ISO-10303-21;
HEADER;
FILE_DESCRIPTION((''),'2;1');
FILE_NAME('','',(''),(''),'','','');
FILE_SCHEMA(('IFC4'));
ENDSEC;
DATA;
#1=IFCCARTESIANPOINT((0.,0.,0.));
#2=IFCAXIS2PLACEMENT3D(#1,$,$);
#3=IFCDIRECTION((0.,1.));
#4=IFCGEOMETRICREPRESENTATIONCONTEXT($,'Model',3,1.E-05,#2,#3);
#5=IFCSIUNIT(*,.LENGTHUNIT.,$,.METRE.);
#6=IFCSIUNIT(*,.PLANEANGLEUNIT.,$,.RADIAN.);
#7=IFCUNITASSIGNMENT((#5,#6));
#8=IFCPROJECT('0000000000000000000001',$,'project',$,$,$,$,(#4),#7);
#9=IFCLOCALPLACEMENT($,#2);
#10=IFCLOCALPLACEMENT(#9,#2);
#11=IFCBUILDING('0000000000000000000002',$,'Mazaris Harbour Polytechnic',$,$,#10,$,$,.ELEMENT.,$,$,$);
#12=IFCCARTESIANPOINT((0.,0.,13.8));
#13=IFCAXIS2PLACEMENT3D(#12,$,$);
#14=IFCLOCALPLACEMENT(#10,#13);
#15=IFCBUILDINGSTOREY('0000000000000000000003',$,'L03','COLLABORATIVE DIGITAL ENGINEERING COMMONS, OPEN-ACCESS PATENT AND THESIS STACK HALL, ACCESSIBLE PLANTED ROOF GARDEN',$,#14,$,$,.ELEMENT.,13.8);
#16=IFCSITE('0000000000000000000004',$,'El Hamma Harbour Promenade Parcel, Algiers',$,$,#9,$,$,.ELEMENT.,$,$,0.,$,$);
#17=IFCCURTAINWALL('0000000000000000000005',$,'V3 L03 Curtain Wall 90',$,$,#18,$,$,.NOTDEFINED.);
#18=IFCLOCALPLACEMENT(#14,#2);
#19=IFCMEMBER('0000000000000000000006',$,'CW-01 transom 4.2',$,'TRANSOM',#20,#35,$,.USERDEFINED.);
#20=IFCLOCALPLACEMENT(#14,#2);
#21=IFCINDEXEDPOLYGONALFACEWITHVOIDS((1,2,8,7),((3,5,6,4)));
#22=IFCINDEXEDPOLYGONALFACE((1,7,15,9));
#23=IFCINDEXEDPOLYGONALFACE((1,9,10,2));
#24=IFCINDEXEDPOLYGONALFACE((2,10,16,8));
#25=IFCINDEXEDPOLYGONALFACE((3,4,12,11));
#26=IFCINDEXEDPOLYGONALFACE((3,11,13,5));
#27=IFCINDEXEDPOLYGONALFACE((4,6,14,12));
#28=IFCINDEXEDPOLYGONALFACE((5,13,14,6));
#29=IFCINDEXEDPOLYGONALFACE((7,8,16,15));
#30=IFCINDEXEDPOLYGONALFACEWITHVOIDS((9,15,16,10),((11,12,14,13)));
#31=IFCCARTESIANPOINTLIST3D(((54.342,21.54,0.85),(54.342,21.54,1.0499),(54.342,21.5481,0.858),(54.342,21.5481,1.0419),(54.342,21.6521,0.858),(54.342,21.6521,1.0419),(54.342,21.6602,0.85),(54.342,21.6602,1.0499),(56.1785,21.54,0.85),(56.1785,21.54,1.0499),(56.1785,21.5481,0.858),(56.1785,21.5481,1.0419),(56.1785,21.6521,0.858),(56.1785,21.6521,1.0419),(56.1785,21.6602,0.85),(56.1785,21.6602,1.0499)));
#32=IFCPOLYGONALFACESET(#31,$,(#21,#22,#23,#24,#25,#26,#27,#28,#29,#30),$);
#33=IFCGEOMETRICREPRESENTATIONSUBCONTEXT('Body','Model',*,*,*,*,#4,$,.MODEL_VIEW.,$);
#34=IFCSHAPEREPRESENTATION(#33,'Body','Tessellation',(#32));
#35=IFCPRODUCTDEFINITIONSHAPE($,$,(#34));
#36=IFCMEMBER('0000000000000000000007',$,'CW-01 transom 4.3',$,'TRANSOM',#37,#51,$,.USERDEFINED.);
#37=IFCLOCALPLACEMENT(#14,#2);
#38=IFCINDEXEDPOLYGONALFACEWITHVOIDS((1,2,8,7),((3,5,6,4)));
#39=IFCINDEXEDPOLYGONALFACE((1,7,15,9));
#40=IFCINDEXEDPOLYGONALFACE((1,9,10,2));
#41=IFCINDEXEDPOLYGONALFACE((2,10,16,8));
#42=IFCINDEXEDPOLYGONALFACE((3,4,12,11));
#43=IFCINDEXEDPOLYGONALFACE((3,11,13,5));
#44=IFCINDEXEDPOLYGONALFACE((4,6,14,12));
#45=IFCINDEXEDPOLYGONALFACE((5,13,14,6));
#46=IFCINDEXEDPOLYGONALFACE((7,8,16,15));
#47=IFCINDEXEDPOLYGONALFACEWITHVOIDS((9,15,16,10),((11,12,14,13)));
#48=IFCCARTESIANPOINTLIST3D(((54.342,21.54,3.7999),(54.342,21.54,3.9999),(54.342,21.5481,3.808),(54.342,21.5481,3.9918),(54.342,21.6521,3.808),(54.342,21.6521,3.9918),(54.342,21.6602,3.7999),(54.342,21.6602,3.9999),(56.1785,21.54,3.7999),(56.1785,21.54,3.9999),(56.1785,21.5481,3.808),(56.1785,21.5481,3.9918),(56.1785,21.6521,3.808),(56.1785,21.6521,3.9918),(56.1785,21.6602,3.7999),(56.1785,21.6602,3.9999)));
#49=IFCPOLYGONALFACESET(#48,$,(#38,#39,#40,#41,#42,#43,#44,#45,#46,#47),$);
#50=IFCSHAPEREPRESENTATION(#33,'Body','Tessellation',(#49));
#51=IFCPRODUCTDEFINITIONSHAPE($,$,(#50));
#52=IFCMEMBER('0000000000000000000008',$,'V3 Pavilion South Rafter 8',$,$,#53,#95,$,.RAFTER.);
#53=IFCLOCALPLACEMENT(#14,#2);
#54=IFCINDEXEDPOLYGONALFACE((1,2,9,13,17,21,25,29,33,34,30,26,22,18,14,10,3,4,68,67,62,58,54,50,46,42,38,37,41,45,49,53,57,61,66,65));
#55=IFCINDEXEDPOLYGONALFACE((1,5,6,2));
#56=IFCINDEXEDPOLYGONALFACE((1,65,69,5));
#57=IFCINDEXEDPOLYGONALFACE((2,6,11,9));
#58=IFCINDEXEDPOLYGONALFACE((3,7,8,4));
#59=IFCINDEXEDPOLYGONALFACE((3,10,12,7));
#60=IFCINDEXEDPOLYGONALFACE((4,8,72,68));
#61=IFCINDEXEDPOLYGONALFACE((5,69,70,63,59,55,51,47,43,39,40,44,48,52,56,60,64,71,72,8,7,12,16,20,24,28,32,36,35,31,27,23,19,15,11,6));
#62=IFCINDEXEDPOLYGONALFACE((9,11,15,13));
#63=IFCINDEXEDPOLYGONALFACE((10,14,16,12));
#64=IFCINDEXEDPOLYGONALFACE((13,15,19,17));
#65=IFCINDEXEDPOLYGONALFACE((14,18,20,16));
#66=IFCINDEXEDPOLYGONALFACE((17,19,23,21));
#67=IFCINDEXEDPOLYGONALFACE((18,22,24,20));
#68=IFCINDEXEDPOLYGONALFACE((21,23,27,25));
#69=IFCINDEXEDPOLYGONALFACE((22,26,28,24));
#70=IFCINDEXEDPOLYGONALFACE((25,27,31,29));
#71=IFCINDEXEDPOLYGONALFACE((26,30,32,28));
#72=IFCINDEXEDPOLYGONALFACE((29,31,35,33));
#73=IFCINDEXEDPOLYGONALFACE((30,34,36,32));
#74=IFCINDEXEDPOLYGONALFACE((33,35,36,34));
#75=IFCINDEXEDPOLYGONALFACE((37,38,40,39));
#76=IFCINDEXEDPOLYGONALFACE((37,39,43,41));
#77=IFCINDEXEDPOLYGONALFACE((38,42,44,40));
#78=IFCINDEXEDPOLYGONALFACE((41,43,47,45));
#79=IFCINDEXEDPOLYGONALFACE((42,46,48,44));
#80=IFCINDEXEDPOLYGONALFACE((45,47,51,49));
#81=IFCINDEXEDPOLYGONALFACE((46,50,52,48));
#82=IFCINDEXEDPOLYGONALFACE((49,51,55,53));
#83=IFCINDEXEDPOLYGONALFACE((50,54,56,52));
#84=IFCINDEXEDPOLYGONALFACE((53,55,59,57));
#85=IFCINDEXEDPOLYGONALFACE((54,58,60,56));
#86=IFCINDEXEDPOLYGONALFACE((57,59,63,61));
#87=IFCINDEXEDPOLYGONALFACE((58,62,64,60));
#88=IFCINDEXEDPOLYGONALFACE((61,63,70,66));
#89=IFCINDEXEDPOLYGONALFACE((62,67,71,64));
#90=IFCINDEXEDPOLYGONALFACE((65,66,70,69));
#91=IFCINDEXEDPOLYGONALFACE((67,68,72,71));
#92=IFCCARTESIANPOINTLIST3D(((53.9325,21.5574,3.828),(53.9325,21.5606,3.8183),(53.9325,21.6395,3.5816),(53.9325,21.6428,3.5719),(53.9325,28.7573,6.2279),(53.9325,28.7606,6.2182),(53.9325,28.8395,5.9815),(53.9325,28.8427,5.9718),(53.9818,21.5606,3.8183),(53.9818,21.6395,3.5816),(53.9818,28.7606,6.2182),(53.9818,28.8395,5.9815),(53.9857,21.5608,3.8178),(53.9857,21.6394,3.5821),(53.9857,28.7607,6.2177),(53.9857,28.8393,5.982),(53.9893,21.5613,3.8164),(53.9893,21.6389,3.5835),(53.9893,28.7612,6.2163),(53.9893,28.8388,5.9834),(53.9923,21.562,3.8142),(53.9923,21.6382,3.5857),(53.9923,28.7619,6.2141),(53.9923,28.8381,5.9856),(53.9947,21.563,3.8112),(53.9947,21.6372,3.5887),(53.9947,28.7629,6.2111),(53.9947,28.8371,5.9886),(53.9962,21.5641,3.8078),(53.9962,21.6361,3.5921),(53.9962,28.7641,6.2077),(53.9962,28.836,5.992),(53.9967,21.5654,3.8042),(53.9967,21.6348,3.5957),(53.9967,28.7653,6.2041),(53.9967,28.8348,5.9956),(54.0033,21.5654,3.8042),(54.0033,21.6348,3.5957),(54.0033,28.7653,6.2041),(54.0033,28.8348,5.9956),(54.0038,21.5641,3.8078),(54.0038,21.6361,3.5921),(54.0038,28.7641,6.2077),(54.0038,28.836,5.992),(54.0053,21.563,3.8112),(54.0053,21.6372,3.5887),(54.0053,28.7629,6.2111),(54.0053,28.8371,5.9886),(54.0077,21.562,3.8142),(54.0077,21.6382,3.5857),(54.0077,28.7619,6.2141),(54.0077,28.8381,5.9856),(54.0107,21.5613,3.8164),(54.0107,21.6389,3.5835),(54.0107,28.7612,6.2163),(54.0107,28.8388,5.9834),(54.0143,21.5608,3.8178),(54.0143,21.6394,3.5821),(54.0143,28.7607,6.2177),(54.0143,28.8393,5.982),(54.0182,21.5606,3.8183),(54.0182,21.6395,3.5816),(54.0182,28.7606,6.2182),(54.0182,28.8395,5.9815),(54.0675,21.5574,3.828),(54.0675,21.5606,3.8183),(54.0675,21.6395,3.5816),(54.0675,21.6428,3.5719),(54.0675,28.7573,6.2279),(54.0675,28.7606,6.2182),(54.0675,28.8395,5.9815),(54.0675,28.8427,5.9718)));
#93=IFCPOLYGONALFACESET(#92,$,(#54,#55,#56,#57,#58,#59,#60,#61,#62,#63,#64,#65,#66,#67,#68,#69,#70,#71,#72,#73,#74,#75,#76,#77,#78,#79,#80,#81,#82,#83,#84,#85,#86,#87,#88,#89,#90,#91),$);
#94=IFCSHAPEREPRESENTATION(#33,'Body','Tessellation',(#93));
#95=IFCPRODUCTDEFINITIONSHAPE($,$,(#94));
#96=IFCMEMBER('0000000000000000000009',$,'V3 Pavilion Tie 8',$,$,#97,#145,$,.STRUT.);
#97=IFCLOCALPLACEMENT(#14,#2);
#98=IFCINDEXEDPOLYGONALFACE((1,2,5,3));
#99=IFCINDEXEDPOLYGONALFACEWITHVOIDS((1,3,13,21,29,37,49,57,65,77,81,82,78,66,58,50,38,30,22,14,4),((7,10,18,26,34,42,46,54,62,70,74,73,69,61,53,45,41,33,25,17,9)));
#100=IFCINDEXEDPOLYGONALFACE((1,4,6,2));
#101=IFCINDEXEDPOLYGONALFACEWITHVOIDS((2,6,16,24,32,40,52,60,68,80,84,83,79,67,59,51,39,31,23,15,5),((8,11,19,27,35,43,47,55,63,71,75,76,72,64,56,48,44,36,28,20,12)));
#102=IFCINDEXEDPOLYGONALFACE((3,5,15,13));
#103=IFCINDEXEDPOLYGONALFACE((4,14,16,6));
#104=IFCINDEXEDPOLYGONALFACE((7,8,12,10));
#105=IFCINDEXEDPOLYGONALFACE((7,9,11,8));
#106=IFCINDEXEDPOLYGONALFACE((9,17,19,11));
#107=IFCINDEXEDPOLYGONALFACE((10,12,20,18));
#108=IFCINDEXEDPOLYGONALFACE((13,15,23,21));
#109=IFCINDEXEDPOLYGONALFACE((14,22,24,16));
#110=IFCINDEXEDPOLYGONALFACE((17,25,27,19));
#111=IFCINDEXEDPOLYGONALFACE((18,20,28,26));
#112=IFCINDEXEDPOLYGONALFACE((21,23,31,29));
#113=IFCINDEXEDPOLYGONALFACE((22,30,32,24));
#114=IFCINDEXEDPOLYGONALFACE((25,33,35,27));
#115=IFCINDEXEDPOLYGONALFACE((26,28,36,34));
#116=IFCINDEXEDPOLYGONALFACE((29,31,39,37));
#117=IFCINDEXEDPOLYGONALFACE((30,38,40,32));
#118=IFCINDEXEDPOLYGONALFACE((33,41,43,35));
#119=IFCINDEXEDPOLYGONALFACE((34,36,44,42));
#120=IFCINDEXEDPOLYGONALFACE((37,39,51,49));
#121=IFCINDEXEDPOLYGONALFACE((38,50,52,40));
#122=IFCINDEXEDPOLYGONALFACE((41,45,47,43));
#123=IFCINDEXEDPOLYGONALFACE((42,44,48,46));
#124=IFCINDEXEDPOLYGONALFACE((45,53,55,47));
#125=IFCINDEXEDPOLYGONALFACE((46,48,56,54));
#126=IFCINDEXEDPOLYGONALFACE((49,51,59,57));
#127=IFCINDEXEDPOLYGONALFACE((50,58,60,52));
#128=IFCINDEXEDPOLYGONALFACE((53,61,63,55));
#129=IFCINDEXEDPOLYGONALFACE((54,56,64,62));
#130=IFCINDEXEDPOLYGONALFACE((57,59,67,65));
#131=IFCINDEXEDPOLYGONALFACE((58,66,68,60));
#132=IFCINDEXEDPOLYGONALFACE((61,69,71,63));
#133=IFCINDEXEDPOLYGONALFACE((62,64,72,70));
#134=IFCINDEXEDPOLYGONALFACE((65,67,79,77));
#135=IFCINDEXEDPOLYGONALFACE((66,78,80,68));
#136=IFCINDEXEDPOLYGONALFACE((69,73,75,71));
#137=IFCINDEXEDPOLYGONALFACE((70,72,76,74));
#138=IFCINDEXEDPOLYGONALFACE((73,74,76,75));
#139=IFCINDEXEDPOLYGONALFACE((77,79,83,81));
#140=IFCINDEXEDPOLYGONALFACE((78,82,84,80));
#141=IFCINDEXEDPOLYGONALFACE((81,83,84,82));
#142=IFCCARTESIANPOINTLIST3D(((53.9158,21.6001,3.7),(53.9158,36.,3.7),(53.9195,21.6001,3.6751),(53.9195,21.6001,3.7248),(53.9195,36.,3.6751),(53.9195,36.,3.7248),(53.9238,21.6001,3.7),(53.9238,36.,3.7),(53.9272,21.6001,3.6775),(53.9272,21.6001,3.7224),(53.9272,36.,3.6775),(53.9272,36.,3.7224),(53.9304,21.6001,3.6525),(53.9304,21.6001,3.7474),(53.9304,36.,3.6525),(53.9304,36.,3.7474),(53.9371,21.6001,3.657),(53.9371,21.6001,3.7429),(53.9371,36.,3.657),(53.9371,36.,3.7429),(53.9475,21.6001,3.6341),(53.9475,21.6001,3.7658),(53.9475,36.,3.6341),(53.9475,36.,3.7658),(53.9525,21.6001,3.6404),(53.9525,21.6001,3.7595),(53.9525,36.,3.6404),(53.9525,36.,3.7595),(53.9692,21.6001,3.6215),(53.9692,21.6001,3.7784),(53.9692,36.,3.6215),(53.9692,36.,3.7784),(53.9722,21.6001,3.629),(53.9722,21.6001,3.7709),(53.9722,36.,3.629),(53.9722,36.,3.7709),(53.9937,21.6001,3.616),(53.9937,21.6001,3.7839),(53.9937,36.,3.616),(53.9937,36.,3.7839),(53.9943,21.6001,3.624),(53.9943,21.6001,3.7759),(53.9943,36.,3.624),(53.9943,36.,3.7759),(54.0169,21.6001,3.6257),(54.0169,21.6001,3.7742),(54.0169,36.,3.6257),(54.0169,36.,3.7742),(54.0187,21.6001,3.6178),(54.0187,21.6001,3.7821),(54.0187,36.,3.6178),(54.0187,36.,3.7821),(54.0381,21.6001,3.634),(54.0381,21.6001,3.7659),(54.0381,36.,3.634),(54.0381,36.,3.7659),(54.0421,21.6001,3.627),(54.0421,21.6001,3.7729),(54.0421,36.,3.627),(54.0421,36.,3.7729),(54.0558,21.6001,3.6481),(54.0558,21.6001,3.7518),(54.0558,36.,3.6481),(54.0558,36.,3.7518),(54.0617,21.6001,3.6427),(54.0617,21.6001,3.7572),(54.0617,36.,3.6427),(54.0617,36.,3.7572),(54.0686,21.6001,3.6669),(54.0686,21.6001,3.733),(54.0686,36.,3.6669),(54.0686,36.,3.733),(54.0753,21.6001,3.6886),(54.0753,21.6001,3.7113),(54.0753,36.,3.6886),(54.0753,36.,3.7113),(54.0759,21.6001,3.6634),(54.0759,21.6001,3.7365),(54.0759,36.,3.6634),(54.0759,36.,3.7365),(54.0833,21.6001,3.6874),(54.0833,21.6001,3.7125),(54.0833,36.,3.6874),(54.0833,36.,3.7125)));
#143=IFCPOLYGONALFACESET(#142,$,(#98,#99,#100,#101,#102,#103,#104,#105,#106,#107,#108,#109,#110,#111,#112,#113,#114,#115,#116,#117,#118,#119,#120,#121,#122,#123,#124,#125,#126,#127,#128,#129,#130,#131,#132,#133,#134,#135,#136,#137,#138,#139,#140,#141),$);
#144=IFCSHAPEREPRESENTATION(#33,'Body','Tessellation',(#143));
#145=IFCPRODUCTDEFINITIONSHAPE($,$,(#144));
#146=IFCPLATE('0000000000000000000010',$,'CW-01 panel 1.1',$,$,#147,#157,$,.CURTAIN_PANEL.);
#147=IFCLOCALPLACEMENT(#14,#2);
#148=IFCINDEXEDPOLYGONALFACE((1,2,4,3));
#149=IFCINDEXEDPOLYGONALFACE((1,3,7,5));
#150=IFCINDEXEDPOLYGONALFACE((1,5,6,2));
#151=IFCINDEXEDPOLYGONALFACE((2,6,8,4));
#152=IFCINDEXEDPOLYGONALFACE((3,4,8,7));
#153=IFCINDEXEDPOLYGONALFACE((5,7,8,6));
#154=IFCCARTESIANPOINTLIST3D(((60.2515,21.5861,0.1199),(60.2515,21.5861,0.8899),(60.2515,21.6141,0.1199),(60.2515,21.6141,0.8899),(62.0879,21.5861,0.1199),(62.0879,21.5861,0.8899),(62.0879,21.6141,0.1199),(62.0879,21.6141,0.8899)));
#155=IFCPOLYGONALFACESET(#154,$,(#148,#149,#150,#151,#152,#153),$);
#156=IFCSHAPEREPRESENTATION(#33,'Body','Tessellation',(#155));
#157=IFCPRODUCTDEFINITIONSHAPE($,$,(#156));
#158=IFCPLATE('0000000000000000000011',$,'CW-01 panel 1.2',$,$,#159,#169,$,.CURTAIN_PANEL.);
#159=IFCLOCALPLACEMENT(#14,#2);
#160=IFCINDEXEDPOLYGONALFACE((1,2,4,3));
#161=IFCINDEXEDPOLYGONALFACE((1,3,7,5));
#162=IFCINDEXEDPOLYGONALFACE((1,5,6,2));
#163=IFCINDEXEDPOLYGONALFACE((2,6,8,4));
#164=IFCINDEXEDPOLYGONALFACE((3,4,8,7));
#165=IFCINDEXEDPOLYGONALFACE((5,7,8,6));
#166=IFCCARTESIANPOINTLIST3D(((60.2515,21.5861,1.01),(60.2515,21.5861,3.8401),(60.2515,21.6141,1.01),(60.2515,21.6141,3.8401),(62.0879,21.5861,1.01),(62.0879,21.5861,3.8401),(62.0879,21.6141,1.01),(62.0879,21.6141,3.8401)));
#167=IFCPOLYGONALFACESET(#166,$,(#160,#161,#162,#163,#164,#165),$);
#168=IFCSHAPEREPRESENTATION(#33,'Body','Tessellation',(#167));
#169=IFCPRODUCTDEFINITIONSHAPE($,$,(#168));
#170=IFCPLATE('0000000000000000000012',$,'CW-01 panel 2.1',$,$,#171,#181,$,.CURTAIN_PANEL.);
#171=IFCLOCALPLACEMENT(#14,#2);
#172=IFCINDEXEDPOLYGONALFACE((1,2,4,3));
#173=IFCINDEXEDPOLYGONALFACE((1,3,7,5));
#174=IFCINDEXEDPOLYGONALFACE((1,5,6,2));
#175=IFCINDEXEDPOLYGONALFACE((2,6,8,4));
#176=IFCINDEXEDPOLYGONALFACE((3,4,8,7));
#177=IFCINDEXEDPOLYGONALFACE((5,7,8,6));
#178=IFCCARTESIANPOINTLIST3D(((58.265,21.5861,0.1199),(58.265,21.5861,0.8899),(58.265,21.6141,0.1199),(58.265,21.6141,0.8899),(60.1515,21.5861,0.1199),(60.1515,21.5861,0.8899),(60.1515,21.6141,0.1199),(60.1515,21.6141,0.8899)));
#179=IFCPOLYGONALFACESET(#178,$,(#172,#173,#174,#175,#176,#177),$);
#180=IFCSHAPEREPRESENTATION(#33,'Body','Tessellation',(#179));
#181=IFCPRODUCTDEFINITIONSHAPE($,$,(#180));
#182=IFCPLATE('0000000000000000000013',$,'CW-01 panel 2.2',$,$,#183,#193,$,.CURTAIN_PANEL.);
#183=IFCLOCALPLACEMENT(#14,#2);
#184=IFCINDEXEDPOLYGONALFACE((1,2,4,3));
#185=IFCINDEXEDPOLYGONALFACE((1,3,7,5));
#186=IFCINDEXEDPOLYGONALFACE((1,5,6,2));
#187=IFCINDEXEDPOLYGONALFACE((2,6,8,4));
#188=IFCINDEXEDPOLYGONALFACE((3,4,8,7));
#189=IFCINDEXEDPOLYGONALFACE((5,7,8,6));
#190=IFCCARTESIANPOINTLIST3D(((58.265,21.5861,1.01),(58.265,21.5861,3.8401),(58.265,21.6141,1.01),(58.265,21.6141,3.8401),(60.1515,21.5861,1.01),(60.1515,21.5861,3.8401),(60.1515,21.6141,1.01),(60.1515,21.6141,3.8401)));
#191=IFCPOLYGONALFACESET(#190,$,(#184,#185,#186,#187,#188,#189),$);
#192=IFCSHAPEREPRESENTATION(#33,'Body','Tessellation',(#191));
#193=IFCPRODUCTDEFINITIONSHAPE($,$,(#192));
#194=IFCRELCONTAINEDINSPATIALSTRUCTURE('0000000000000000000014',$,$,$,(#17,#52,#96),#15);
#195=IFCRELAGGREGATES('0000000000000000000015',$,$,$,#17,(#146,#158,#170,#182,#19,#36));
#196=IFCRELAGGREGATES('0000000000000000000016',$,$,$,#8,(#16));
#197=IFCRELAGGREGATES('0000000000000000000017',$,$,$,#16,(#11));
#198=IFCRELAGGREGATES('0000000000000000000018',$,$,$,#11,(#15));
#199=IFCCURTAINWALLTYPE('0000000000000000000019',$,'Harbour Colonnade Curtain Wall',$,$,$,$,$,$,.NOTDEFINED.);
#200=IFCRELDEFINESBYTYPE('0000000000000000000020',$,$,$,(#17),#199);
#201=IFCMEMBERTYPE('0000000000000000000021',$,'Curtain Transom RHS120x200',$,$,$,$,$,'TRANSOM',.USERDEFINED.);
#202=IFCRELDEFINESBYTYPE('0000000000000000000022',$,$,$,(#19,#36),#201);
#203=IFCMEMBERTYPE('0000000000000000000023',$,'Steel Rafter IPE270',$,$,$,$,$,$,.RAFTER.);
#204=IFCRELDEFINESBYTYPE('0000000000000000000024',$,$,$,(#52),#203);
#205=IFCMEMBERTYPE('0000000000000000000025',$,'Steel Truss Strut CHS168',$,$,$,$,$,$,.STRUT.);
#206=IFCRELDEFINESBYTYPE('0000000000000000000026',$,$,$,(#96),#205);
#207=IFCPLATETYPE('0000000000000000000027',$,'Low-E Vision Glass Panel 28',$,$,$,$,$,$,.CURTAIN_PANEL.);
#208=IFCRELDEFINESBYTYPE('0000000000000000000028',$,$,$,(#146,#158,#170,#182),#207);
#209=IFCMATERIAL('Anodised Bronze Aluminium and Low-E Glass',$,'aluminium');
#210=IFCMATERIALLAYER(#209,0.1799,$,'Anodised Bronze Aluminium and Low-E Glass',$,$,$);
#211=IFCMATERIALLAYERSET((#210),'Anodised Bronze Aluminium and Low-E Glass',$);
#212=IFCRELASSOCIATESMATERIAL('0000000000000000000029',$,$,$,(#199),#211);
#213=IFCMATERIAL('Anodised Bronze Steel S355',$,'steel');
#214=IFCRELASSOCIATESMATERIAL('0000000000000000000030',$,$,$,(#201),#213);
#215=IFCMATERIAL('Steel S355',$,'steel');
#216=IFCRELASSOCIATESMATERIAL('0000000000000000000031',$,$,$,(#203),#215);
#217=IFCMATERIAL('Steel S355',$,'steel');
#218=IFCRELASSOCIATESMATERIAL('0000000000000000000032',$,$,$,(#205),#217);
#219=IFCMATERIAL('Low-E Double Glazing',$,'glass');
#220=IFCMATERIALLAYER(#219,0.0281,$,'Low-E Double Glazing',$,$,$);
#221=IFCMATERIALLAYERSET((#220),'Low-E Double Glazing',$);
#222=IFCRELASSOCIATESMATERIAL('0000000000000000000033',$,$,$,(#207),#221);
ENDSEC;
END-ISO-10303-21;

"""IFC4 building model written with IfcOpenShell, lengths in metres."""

from ifc_helpers import new_model, si_unit, direction, frame, origin, origin_2d, place, context, subcontext, project, spatial, rectangle, hollow_rectangle, hollow_circle, i_section, extrude, material, layer, layer_set, material_profile, profile_set, type_object, element, aggregate, save


model = new_model("IFC4")

# Units and contexts
model_context = context("Model", 3, precision=1e-05, world=origin(), true_north=direction((0.0, 1.0)))
body_context = subcontext(model_context, "Body", "Model", "MODEL_VIEW")
ifc_project = project(units=[si_unit("LENGTHUNIT", "METRE"), si_unit("PLANEANGLEUNIT", "RADIAN")], contexts=[model_context])

# Site, building, storey
site_placement = place(None, origin())
site = spatial("IfcSite", under=ifc_project, at=site_placement, Name="El Hamma Harbour Promenade Parcel, Algiers", CompositionType="ELEMENT", RefElevation=0.0)
building_placement = place(site_placement, origin())
building = spatial("IfcBuilding", under=site, at=building_placement, Name="Mazaris Harbour Polytechnic", CompositionType="ELEMENT")
storey_placement = place(building_placement, frame((0.0, 0.0, 13.8)))
storey = spatial("IfcBuildingStorey", under=building, at=storey_placement, Name="L03", Description="COLLABORATIVE DIGITAL ENGINEERING COMMONS, OPEN-ACCESS PATENT AND THESIS STACK HALL, ACCESSIBLE PLANTED ROOF GARDEN", CompositionType="ELEMENT", Elevation=13.8)

# Curtain wall, members
ifc_material_1 = material(Name="Anodised Bronze Aluminium and Low-E Glass", Category="aluminium")
ifc_layer_1 = layer(ifc_material_1, 0.1799, Name="Anodised Bronze Aluminium and Low-E Glass")
ifc_layer_set_1 = layer_set([ifc_layer_1], Name="Anodised Bronze Aluminium and Low-E Glass")
curtain_wall_type = type_object("IfcCurtainWallType", Name="Harbour Colonnade Curtain Wall", PredefinedType="NOTDEFINED", material=ifc_layer_set_1)
curtain_wall_placement = place(storey_placement, origin())
curtain_wall = element("IfcCurtainWall", 1, at=curtain_wall_placement, inside=storey, type_object=curtain_wall_type, Name="V3 L03 Curtain Wall 90", PredefinedType="NOTDEFINED")
ifc_material_2 = material(Name="Anodised Bronze Steel S355", Category="steel")
ifc_material_profile_1 = material_profile(ifc_material_2, hollow_rectangle(XDim=0.1201, YDim=0.2, WallThickness=0.0081, at=origin_2d()), Name="RHS 120x200x8.0")
ifc_profile_set_1 = profile_set([ifc_material_profile_1], Name="Anodised Bronze Steel S355")
member_type_1 = type_object("IfcMemberType", Name="Curtain Transom RHS120x200", ElementType="TRANSOM", PredefinedType="USERDEFINED", material=ifc_profile_set_1)
member_1_placement = place(storey_placement, frame((56.1785, 21.6001, 0.95), z_axis=(-1.0, 0.0, 0.0), x_axis=(0.0, -1.0, 0.0)))
member_1 = element("IfcMember", 2, at=member_1_placement, type_object=member_type_1, Name="CW-01 transom 4.2", ObjectType="TRANSOM", PredefinedType="USERDEFINED", context=body_context, shape_type="SweptSolid", body=[
    extrude(hollow_rectangle(XDim=0.1201, YDim=0.2, WallThickness=0.0081, at=origin_2d()), origin(), (0.0, 0.0, 1.0), 1.8364),
])
member_2_placement = place(storey_placement, frame((56.1785, 21.6001, 3.8999), z_axis=(-1.0, 0.0, 0.0), x_axis=(0.0, -1.0, 0.0)))
member_2 = element("IfcMember", 3, at=member_2_placement, type_object=member_type_1, Name="CW-01 transom 4.3", ObjectType="TRANSOM", PredefinedType="USERDEFINED", context=body_context, shape_type="SweptSolid", body=[
    extrude(hollow_rectangle(XDim=0.1201, YDim=0.2, WallThickness=0.0081, at=origin_2d()), origin(), (0.0, 0.0, 1.0), 1.8364),
])

# Members
ifc_material_3 = material(Name="Steel S355", Category="steel")
ifc_material_profile_2 = material_profile(ifc_material_3, i_section(OverallWidth=0.135, OverallDepth=0.27, WebThickness=0.0066, FlangeThickness=0.0103, FilletRadius=0.0149, at=origin_2d()), Name="IPE 270")
ifc_profile_set_2 = profile_set([ifc_material_profile_2], Name="Steel S355")
member_type_2 = type_object("IfcMemberType", Name="Steel Rafter IPE270", PredefinedType="RAFTER", material=ifc_profile_set_2)
member_3_placement = place(storey_placement, frame((54.0, 21.6001, 3.7), z_axis=(0.0, 0.948687, 0.316218), x_axis=(-1.0, 0.0, 0.0)))
element("IfcMember", 4, at=member_3_placement, inside=storey, type_object=member_type_2, Name="V3 Pavilion South Rafter 8", PredefinedType="RAFTER", context=body_context, shape_type="SweptSolid", body=[
    extrude(i_section(OverallWidth=0.135, OverallDepth=0.27, WebThickness=0.0066, FlangeThickness=0.0103, FilletRadius=0.0149, at=origin_2d()), origin(), (0.0, 0.0, 1.0), 7.5894),
])
ifc_material_4 = material(Name="Steel S355", Category="steel")
ifc_material_profile_3 = material_profile(ifc_material_4, hollow_circle(Radius=0.0842, WallThickness=0.0081, at=origin_2d()), Name="CHS 168.3x8.0")
ifc_profile_set_3 = profile_set([ifc_material_profile_3], Name="Steel S355")
member_type_3 = type_object("IfcMemberType", Name="Steel Truss Strut CHS168", PredefinedType="STRUT", material=ifc_profile_set_3)
member_4_placement = place(storey_placement, frame((54.0, 21.6001, 3.7), z_axis=(0.0, 1.0, 0.0), x_axis=(-1.0, 0.0, 0.0)))
element("IfcMember", 5, at=member_4_placement, inside=storey, type_object=member_type_3, Name="V3 Pavilion Tie 8", PredefinedType="STRUT", context=body_context, shape_type="SweptSolid", body=[
    extrude(hollow_circle(Radius=0.0842, WallThickness=0.0081, at=origin_2d()), origin(), (0.0, 0.0, 1.0), 14.3999),
])

# Plates
ifc_material_5 = material(Name="Low-E Double Glazing", Category="glass")
ifc_layer_2 = layer(ifc_material_5, 0.0281, Name="Low-E Double Glazing")
ifc_layer_set_2 = layer_set([ifc_layer_2], Name="Low-E Double Glazing")
plate_type = type_object("IfcPlateType", Name="Low-E Vision Glass Panel 28", PredefinedType="CURTAIN_PANEL", material=ifc_layer_set_2)
plate_1_placement = place(storey_placement, frame((61.1697, 21.6001, 0.1199), z_axis=(0.0, 0.0, 1.0), x_axis=(-1.0, 0.0, 0.0)))
plate_1 = element("IfcPlate", 6, at=plate_1_placement, type_object=plate_type, Name="CW-01 panel 1.1", PredefinedType="CURTAIN_PANEL", context=body_context, shape_type="SweptSolid", body=[
    extrude(rectangle(XDim=1.8364, YDim=0.0281, at=origin_2d()), origin(), (0.0, 0.0, 1.0), 0.77),
])
plate_2_placement = place(storey_placement, frame((61.1697, 21.6001, 1.01), z_axis=(0.0, 0.0, 1.0), x_axis=(-1.0, 0.0, 0.0)))
plate_2 = element("IfcPlate", 7, at=plate_2_placement, type_object=plate_type, Name="CW-01 panel 1.2", PredefinedType="CURTAIN_PANEL", context=body_context, shape_type="SweptSolid", body=[
    extrude(rectangle(XDim=1.8364, YDim=0.0281, at=origin_2d()), origin(), (0.0, 0.0, 1.0), 2.8301),
])
plate_3_placement = place(storey_placement, frame((59.2083, 21.6001, 0.1199), z_axis=(0.0, 0.0, 1.0), x_axis=(-1.0, 0.0, 0.0)))
plate_3 = element("IfcPlate", 8, at=plate_3_placement, type_object=plate_type, Name="CW-01 panel 2.1", PredefinedType="CURTAIN_PANEL", context=body_context, shape_type="SweptSolid", body=[
    extrude(rectangle(XDim=1.8865, YDim=0.0281, at=origin_2d()), origin(), (0.0, 0.0, 1.0), 0.77),
])
plate_4_placement = place(storey_placement, frame((59.2083, 21.6001, 1.01), z_axis=(0.0, 0.0, 1.0), x_axis=(-1.0, 0.0, 0.0)))
plate_4 = element("IfcPlate", 9, at=plate_4_placement, type_object=plate_type, Name="CW-01 panel 2.2", PredefinedType="CURTAIN_PANEL", context=body_context, shape_type="SweptSolid", body=[
    extrude(rectangle(XDim=1.8865, YDim=0.0281, at=origin_2d()), origin(), (0.0, 0.0, 1.0), 2.8301),
])
aggregate(curtain_wall, [plate_1, plate_2, plate_3, plate_4, member_1, member_2])

save(model, "model.ifc")
